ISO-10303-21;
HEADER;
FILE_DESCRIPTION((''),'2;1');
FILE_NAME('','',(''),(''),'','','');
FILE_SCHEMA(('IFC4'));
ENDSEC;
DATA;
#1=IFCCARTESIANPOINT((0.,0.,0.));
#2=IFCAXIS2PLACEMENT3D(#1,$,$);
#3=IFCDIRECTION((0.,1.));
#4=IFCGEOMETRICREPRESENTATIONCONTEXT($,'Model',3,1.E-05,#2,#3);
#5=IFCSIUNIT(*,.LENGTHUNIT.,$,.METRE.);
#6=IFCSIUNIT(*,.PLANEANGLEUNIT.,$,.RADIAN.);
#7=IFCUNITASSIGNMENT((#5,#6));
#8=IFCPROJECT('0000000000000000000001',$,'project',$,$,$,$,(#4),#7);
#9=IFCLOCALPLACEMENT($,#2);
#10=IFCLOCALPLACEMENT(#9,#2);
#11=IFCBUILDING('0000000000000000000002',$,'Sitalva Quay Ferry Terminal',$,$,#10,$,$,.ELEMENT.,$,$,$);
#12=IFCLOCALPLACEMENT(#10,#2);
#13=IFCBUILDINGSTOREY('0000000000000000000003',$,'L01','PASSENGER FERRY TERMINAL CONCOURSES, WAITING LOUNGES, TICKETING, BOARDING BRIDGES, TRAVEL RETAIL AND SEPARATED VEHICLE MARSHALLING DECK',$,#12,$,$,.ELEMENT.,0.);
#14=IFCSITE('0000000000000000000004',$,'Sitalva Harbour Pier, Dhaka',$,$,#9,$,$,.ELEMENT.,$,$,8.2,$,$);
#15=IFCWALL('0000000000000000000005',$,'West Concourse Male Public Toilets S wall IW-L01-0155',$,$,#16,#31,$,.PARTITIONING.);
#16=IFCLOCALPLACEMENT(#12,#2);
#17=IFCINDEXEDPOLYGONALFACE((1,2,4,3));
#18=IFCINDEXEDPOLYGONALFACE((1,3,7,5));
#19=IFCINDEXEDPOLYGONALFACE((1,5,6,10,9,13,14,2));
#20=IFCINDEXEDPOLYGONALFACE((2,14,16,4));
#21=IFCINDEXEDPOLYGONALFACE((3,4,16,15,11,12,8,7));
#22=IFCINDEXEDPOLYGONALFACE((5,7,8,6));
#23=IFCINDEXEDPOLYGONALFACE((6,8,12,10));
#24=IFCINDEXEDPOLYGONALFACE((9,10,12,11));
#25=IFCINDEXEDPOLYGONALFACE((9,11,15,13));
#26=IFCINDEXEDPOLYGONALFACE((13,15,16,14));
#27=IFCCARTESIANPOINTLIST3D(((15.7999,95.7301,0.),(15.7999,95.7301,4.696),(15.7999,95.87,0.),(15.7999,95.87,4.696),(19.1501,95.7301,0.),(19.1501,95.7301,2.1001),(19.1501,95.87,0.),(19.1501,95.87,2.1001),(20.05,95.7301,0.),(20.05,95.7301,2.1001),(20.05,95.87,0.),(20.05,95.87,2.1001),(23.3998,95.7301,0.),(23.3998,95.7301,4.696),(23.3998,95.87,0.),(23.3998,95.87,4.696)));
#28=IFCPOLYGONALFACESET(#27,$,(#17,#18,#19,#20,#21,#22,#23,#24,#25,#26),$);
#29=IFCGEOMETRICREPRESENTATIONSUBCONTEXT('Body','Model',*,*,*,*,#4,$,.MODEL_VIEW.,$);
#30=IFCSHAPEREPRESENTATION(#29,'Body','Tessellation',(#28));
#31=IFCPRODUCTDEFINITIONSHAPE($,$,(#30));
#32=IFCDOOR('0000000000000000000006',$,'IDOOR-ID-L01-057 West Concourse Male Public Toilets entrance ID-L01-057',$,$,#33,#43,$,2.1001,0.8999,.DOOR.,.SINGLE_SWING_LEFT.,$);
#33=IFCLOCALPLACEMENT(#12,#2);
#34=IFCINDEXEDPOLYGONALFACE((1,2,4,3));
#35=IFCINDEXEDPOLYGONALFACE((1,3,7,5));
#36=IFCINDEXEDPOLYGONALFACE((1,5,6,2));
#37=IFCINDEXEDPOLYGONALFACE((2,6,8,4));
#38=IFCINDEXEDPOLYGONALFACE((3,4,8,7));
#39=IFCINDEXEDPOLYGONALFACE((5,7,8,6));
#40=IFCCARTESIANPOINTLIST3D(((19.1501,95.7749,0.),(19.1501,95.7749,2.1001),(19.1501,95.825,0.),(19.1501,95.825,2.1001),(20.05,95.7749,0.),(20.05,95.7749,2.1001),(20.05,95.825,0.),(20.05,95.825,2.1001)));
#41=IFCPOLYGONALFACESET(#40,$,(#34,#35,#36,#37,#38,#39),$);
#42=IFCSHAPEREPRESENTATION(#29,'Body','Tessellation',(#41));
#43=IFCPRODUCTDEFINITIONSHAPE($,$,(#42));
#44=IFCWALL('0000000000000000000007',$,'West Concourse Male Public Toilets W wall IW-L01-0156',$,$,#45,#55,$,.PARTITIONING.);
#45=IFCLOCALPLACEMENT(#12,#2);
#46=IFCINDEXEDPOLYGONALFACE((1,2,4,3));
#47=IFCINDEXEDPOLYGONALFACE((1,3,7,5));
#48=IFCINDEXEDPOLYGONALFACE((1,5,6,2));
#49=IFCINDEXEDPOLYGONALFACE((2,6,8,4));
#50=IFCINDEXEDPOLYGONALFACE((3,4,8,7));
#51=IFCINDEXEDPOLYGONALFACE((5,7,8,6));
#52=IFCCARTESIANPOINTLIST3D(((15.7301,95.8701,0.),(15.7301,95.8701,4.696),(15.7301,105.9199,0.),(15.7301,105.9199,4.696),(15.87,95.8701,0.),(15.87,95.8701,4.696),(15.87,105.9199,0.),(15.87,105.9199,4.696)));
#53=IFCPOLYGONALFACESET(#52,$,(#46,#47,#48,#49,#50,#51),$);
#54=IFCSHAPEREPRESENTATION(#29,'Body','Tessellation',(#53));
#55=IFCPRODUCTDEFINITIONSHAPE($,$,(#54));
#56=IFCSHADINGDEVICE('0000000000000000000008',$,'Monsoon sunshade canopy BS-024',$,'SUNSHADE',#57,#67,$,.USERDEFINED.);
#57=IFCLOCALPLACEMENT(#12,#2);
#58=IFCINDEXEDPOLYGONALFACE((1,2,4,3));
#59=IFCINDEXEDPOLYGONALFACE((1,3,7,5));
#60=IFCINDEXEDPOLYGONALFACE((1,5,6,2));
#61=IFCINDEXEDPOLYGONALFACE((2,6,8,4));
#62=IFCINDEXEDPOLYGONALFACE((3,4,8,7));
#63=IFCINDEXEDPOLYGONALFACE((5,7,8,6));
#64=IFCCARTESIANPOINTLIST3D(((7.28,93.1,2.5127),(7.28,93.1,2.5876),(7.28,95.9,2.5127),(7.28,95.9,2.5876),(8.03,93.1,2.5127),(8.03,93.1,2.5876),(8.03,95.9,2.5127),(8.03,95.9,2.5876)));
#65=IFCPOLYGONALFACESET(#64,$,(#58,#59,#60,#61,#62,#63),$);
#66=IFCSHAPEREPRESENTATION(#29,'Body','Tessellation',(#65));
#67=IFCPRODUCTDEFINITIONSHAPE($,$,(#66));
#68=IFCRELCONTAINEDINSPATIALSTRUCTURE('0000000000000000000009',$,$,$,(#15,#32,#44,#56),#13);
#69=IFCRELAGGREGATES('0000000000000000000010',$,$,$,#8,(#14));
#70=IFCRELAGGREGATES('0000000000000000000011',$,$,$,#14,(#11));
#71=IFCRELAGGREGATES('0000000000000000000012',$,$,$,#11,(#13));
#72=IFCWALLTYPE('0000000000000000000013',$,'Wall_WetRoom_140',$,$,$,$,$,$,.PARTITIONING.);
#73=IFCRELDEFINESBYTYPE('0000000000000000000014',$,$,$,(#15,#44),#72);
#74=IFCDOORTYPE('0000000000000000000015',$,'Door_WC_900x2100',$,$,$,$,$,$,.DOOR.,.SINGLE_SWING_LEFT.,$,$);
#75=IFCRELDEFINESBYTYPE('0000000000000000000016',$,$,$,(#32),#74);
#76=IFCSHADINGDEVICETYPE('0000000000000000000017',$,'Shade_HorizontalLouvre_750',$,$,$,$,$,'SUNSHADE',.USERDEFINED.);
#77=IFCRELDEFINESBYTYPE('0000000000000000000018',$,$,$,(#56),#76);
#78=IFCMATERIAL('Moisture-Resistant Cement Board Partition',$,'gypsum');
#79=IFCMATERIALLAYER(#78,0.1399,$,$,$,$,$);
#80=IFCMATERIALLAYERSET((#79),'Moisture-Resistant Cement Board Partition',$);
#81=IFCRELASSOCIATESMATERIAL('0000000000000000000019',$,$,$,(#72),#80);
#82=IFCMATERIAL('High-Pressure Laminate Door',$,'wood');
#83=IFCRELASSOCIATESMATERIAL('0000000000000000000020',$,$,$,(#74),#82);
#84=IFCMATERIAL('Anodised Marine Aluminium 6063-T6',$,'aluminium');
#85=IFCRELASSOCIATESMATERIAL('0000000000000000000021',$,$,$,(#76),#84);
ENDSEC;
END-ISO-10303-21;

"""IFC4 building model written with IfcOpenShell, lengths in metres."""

from ifc_helpers import new_model, si_unit, direction, frame, frame_2d, origin, origin_2d, place, context, subcontext, project, spatial, rectangle, extrude, material, layer, layer_set, type_object, element, fill, save


model = new_model("IFC4")

# Units and contexts
model_context = context("Model", 3, precision=1e-05, world=origin(), true_north=direction((0.0, 1.0)))
body_context = subcontext(model_context, "Body", "Model", "MODEL_VIEW")
ifc_project = project(units=[si_unit("LENGTHUNIT", "METRE"), si_unit("PLANEANGLEUNIT", "RADIAN")], contexts=[model_context])

# Site, building, storey
site_placement = place(None, origin())
site = spatial("IfcSite", under=ifc_project, at=site_placement, Name="Sitalva Harbour Pier, Dhaka", CompositionType="ELEMENT", RefElevation=8.2)
building_placement = place(site_placement, origin())
building = spatial("IfcBuilding", under=site, at=building_placement, Name="Sitalva Quay Ferry Terminal", CompositionType="ELEMENT")
storey_placement = place(building_placement, origin())
storey = spatial("IfcBuildingStorey", under=building, at=storey_placement, Name="L01", Description="PASSENGER FERRY TERMINAL CONCOURSES, WAITING LOUNGES, TICKETING, BOARDING BRIDGES, TRAVEL RETAIL AND SEPARATED VEHICLE MARSHALLING DECK", CompositionType="ELEMENT", Elevation=0.0)

# Wall, opening, door
ifc_material_1 = material(Name="Moisture-Resistant Cement Board Partition", Category="gypsum")
ifc_layer_1 = layer(ifc_material_1, 0.1399)
ifc_layer_set_1 = layer_set([ifc_layer_1], Name="Moisture-Resistant Cement Board Partition")
wall_type_1 = type_object("IfcWallType", Name="Wall_WetRoom_140", PredefinedType="PARTITIONING", material=ifc_layer_set_1)
wall_1_placement = place(storey_placement, frame((15.8, 95.8, 0.0), z_axis=(0.0, 0.0, 1.0), x_axis=(1.0, 0.0, 0.0)))
wall_1 = element("IfcWall", 1, at=wall_1_placement, inside=storey, type_object=wall_type_1, Name="West Concourse Male Public Toilets S wall IW-L01-0155", PredefinedType="PARTITIONING", context=body_context, shape_type="SweptSolid", body=[
    extrude(rectangle(XDim=7.5999, YDim=0.1399, at=frame_2d((3.7998, 0.0))), origin(), (0.0, 0.0, 1.0), 4.696),
])
opening_1_placement = place(wall_1_placement, frame((3.3501, 0.0, 0.0)))
opening_1 = element("IfcOpeningElement", 2, at=opening_1_placement, cuts=wall_1, PredefinedType="OPENING", context=body_context, shape_type="SweptSolid", body=[
    extrude(rectangle(XDim=0.8999, YDim=2.1001, at=frame_2d((0.45, 1.05))), frame((0.0, 0.0798, 0.0), z_axis=(0.0, -1.0, 0.0), x_axis=(1.0, 0.0, 0.0)), (0.0, 0.0, 1.0), 0.1599),
])
ifc_material_2 = material(Name="High-Pressure Laminate Door", Category="wood")
door_type_1 = type_object("IfcDoorType", Name="Door_WC_900x2100", OperationType="SINGLE_SWING_LEFT", PredefinedType="DOOR", material=ifc_material_2)
door_1_placement = place(opening_1_placement, origin())
door_1 = element("IfcDoor", 3, at=door_1_placement, inside=storey, type_object=door_type_1, Name="IDOOR-ID-L01-057 West Concourse Male Public Toilets entrance ID-L01-057", OperationType="SINGLE_SWING_LEFT", OverallHeight=2.1001, OverallWidth=0.8999, PredefinedType="DOOR", context=body_context, shape_type="SweptSolid", body=[
    extrude(rectangle(XDim=0.8999, YDim=2.1001, at=frame_2d((0.45, 1.05))), frame((0.0, 0.0249, 0.0), z_axis=(0.0, -1.0, 0.0), x_axis=(1.0, 0.0, 0.0)), (0.0, 0.0, 1.0), 0.05),
])
fill(opening_1, door_1)

# Wall
wall_2_placement = place(storey_placement, frame((15.8, 95.8701, 0.0), z_axis=(0.0, 0.0, 1.0), x_axis=(0.0, 1.0, 0.0)))
element("IfcWall", 4, at=wall_2_placement, inside=storey, type_object=wall_type_1, Name="West Concourse Male Public Toilets W wall IW-L01-0156", PredefinedType="PARTITIONING", context=body_context, shape_type="SweptSolid", body=[
    extrude(rectangle(XDim=10.0498, YDim=0.1399, at=frame_2d((5.0249, 0.0))), origin(), (0.0, 0.0, 1.0), 4.696),
])

# Shading device
ifc_material_3 = material(Name="Anodised Marine Aluminium 6063-T6", Category="aluminium")
shading_device_type = type_object("IfcShadingDeviceType", Name="Shade_HorizontalLouvre_750", ElementType="SUNSHADE", PredefinedType="USERDEFINED", material=ifc_material_3)
shading_device_placement = place(storey_placement, frame((7.655, 94.5, 2.5127), z_axis=(0.0, 0.0, 1.0), x_axis=(1.0, 0.0, 0.0)))
element("IfcShadingDevice", 5, at=shading_device_placement, inside=storey, type_object=shading_device_type, Name="Monsoon sunshade canopy BS-024", ObjectType="SUNSHADE", PredefinedType="USERDEFINED", context=body_context, shape_type="SweptSolid", body=[
    extrude(rectangle(XDim=0.75, YDim=2.8, at=origin_2d()), origin(), (0.0, 0.0, 1.0), 0.075),
])

save(model, "model.ifc")
